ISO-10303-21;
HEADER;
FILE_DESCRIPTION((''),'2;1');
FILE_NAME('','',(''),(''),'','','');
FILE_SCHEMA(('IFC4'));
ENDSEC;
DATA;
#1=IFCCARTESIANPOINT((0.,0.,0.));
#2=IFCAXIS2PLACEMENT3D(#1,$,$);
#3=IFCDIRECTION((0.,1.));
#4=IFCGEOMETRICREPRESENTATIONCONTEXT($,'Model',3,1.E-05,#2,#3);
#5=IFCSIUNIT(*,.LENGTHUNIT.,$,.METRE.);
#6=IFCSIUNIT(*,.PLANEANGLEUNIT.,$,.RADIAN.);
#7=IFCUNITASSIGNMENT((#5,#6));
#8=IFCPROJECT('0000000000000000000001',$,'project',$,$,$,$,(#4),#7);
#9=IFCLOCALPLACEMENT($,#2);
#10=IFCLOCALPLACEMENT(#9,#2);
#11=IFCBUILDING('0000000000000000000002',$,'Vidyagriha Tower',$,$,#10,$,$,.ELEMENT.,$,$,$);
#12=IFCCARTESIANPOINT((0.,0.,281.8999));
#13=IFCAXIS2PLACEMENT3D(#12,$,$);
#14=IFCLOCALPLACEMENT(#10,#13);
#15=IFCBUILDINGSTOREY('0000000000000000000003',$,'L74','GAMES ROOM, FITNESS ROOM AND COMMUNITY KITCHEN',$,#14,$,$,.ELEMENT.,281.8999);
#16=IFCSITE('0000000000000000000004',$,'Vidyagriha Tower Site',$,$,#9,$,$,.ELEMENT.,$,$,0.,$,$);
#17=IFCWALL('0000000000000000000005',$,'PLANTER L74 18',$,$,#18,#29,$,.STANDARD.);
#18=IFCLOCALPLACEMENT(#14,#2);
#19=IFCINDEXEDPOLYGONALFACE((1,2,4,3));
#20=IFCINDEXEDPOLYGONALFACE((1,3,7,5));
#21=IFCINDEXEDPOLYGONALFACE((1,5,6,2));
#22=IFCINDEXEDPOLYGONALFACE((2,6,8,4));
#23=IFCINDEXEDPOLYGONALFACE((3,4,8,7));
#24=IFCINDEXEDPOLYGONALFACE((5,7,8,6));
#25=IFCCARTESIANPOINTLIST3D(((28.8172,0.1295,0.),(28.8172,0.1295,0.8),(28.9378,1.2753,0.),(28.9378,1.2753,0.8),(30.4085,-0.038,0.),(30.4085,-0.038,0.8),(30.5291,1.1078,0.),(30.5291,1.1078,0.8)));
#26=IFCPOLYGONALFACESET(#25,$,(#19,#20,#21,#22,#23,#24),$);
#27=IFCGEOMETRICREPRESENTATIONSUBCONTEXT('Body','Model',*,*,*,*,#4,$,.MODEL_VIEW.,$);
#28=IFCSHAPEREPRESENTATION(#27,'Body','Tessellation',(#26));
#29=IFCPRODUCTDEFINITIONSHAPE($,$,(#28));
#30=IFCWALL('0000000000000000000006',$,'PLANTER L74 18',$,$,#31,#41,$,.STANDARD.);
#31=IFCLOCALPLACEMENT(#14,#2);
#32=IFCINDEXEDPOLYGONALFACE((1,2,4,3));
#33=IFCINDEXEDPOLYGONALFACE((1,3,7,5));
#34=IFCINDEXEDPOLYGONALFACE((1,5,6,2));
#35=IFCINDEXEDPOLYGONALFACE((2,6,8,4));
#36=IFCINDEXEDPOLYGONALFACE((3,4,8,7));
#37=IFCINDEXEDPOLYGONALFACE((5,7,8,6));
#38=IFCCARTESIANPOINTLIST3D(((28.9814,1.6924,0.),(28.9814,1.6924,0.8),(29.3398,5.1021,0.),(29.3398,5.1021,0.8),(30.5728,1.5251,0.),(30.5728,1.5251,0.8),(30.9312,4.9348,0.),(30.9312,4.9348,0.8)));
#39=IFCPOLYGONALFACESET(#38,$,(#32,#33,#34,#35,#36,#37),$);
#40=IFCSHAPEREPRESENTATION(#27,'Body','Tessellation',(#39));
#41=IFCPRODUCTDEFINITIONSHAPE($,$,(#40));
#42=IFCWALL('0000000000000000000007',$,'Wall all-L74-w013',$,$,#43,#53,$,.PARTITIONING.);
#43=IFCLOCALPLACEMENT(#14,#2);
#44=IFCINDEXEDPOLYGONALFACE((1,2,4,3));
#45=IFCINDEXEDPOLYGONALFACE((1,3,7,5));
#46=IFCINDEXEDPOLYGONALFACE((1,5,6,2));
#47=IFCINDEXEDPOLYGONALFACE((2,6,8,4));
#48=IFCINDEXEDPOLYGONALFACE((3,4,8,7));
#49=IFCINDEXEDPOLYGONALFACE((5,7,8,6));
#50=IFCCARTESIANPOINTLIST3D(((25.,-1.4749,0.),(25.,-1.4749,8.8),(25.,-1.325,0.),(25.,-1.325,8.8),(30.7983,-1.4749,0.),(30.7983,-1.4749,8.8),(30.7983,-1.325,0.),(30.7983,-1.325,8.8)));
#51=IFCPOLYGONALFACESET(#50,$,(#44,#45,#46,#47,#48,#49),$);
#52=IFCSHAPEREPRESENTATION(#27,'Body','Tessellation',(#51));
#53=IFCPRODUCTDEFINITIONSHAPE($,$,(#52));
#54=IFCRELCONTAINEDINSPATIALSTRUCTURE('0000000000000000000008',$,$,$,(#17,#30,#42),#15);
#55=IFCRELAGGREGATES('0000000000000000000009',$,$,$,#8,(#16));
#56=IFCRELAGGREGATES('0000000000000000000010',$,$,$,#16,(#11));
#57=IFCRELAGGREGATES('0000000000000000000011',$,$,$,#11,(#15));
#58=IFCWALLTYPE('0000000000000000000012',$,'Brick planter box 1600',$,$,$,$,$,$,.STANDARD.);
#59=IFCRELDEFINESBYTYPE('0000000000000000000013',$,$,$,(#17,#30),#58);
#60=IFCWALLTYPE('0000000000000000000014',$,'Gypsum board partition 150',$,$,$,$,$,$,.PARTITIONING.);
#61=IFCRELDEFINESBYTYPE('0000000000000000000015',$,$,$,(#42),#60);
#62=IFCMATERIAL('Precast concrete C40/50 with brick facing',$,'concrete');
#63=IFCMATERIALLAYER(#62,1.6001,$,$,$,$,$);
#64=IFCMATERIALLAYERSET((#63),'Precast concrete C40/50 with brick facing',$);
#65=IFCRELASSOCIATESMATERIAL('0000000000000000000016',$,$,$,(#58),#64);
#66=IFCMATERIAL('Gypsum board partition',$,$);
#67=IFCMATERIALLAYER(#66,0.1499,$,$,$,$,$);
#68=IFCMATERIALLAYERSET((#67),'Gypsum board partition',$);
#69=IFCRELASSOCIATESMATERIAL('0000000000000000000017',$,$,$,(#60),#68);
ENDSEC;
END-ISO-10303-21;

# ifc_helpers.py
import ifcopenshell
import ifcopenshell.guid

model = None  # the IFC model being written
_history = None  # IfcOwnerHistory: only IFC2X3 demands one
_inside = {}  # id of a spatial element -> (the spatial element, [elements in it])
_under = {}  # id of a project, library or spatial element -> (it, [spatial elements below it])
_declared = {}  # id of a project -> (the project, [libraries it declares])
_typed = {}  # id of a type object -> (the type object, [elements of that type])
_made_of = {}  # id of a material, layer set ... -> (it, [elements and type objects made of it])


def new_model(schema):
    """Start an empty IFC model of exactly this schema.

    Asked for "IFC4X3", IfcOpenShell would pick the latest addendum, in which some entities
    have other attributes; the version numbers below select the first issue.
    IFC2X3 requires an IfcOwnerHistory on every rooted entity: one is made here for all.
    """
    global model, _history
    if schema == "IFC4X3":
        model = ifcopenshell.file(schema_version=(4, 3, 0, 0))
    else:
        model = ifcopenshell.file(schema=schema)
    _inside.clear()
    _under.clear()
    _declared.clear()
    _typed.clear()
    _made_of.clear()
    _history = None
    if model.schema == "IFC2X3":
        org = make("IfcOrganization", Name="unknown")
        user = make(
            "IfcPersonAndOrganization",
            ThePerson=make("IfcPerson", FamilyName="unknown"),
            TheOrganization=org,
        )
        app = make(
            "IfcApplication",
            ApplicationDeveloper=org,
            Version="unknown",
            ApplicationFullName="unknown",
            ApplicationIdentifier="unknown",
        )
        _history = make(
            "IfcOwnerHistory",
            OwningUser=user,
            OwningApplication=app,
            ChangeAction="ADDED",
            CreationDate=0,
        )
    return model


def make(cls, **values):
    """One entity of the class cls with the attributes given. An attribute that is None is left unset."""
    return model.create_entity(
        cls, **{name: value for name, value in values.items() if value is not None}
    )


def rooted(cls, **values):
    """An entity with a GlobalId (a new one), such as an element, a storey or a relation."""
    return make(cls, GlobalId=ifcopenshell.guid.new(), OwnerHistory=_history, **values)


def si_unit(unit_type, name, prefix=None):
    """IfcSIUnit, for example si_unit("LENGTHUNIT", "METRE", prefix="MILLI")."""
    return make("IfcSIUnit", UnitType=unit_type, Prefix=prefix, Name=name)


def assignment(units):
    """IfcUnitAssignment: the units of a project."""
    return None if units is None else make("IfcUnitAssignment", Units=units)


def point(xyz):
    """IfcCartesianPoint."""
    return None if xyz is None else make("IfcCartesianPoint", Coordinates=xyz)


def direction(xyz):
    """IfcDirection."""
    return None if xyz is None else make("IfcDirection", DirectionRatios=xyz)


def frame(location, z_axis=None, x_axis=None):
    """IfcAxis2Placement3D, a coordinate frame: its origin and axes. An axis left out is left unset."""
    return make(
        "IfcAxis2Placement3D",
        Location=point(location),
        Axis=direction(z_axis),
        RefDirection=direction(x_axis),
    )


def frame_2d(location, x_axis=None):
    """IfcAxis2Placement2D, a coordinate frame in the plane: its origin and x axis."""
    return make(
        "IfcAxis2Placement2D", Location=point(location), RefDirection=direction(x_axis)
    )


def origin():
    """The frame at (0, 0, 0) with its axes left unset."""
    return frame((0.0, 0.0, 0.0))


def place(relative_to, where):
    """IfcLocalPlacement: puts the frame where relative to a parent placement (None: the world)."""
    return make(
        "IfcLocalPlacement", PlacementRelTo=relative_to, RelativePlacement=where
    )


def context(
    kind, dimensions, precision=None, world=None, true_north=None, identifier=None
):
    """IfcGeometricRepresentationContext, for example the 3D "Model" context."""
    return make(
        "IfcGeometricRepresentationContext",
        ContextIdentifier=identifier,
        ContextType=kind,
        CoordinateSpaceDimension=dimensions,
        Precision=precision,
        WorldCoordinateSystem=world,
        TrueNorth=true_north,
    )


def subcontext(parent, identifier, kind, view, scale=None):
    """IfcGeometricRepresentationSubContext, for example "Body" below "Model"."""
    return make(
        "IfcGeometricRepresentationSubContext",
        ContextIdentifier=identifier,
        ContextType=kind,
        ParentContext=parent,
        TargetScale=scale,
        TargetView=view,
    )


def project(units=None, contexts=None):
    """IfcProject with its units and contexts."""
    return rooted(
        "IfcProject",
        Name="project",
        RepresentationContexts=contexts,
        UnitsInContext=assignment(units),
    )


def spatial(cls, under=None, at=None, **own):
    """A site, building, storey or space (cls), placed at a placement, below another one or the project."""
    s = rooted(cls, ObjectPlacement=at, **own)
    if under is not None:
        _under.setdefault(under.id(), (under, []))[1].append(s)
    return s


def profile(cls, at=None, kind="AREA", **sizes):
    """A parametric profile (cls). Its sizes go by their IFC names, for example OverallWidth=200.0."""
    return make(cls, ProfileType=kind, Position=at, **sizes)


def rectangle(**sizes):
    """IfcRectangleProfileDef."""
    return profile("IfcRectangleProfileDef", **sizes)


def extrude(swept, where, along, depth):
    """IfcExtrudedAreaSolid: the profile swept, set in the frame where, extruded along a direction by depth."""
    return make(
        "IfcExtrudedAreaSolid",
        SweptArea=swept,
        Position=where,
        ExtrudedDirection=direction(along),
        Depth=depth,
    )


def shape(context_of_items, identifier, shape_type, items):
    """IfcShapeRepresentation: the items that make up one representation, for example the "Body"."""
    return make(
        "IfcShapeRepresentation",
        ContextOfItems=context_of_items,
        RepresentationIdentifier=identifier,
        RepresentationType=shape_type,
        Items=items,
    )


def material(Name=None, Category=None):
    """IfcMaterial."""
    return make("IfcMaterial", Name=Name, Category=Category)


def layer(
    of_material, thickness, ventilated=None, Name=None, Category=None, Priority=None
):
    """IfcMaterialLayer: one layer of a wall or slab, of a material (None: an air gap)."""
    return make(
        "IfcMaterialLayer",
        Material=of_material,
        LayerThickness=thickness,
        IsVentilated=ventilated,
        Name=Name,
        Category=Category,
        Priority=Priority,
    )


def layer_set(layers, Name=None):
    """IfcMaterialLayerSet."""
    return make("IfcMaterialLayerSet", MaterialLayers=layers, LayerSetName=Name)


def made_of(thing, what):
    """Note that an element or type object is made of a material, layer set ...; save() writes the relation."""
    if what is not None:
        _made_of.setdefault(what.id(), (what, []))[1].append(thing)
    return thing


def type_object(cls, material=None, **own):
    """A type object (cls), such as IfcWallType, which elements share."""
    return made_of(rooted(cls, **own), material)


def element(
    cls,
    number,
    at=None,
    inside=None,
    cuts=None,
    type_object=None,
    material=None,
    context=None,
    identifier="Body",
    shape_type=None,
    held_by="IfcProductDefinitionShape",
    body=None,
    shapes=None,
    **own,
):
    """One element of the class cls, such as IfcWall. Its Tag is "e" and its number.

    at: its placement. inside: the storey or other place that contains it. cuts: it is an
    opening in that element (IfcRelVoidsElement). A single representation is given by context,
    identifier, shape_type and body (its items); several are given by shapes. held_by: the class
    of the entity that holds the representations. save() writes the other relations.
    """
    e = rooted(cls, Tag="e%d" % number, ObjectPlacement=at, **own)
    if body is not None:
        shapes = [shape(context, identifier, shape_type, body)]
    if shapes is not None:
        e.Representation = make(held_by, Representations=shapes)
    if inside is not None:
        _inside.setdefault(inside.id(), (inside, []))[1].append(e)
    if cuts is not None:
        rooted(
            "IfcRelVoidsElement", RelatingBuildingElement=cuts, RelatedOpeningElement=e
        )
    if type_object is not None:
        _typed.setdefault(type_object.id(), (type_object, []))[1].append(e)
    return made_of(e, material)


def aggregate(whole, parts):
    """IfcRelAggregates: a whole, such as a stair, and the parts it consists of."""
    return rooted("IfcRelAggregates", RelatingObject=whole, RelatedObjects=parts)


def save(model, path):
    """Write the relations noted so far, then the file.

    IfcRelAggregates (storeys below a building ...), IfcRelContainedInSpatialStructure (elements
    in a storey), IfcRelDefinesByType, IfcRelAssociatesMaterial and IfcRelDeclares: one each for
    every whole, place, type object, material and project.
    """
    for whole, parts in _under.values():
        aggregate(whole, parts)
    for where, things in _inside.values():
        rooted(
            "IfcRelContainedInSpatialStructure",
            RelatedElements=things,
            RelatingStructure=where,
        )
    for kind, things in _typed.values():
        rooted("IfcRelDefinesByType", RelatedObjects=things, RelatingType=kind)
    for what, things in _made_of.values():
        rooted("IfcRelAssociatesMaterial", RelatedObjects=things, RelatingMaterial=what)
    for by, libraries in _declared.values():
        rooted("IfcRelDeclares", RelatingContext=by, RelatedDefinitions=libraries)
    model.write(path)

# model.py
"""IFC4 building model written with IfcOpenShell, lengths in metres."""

from ifc_helpers import new_model, si_unit, direction, frame, frame_2d, origin, place, context, subcontext, project, spatial, rectangle, extrude, material, layer, layer_set, type_object, element, save


model = new_model("IFC4")

# Units and contexts
model_context = context("Model", 3, precision=1e-05, world=origin(), true_north=direction((0.0, 1.0)))
body_context = subcontext(model_context, "Body", "Model", "MODEL_VIEW")
ifc_project = project(units=[si_unit("LENGTHUNIT", "METRE"), si_unit("PLANEANGLEUNIT", "RADIAN")], contexts=[model_context])

# Site, building, storey
site_placement = place(None, origin())
site = spatial("IfcSite", under=ifc_project, at=site_placement, Name="Vidyagriha Tower Site", CompositionType="ELEMENT", RefElevation=0.0)
building_placement = place(site_placement, origin())
building = spatial("IfcBuilding", under=site, at=building_placement, Name="Vidyagriha Tower", CompositionType="ELEMENT")
storey_placement = place(building_placement, frame((0.0, 0.0, 281.8999)))
storey = spatial("IfcBuildingStorey", under=building, at=storey_placement, Name="L74", Description="GAMES ROOM, FITNESS ROOM AND COMMUNITY KITCHEN", CompositionType="ELEMENT", Elevation=281.8999)

# Walls
ifc_material_1 = material(Name="Precast concrete C40/50 with brick facing", Category="concrete")
ifc_layer_1 = layer(ifc_material_1, 1.6001)
ifc_layer_set_1 = layer_set([ifc_layer_1], Name="Precast concrete C40/50 with brick facing")
wall_type_1 = type_object("IfcWallType", Name="Brick planter box 1600", PredefinedType="STANDARD", material=ifc_layer_set_1)
wall_1_placement = place(storey_placement, frame((29.6128, 0.0457, 0.0), z_axis=(0.0, 0.0, 1.0), x_axis=(0.104685, 0.994505, 0.0)))
element("IfcWall", 1, at=wall_1_placement, inside=storey, type_object=wall_type_1, Name="PLANTER L74 18", PredefinedType="STANDARD", context=body_context, shape_type="SweptSolid", body=[
    extrude(rectangle(XDim=1.1521, YDim=1.6001, at=frame_2d((0.5762, 0.0))), origin(), (0.0, 0.0, 1.0), 0.8),
])
wall_2_placement = place(storey_placement, frame((29.7771, 1.6086, 0.0), z_axis=(0.0, 0.0, 1.0), x_axis=(0.104537, 0.994521, 0.0)))
element("IfcWall", 2, at=wall_2_placement, inside=storey, type_object=wall_type_1, Name="PLANTER L74 18", PredefinedType="STANDARD", context=body_context, shape_type="SweptSolid", body=[
    extrude(rectangle(XDim=3.4285, YDim=1.6001, at=frame_2d((1.7144, 0.0))), origin(), (0.0, 0.0, 1.0), 0.8),
])
ifc_material_2 = material(Name="Gypsum board partition")
ifc_layer_2 = layer(ifc_material_2, 0.1499)
ifc_layer_set_2 = layer_set([ifc_layer_2], Name="Gypsum board partition")
wall_type_2 = type_object("IfcWallType", Name="Gypsum board partition 150", PredefinedType="PARTITIONING", material=ifc_layer_set_2)
wall_3_placement = place(storey_placement, frame((30.7983, -1.3999, 0.0), z_axis=(0.0, 0.0, 1.0), x_axis=(-1.0, 0.0, 0.0)))
element("IfcWall", 3, at=wall_3_placement, inside=storey, type_object=wall_type_2, Name="Wall all-L74-w013", PredefinedType="PARTITIONING", context=body_context, shape_type="SweptSolid", body=[
    extrude(rectangle(XDim=5.7983, YDim=0.1499, at=frame_2d((2.8992, 0.0))), origin(), (0.0, 0.0, 1.0), 8.8),
])

save(model, "model.ifc")
